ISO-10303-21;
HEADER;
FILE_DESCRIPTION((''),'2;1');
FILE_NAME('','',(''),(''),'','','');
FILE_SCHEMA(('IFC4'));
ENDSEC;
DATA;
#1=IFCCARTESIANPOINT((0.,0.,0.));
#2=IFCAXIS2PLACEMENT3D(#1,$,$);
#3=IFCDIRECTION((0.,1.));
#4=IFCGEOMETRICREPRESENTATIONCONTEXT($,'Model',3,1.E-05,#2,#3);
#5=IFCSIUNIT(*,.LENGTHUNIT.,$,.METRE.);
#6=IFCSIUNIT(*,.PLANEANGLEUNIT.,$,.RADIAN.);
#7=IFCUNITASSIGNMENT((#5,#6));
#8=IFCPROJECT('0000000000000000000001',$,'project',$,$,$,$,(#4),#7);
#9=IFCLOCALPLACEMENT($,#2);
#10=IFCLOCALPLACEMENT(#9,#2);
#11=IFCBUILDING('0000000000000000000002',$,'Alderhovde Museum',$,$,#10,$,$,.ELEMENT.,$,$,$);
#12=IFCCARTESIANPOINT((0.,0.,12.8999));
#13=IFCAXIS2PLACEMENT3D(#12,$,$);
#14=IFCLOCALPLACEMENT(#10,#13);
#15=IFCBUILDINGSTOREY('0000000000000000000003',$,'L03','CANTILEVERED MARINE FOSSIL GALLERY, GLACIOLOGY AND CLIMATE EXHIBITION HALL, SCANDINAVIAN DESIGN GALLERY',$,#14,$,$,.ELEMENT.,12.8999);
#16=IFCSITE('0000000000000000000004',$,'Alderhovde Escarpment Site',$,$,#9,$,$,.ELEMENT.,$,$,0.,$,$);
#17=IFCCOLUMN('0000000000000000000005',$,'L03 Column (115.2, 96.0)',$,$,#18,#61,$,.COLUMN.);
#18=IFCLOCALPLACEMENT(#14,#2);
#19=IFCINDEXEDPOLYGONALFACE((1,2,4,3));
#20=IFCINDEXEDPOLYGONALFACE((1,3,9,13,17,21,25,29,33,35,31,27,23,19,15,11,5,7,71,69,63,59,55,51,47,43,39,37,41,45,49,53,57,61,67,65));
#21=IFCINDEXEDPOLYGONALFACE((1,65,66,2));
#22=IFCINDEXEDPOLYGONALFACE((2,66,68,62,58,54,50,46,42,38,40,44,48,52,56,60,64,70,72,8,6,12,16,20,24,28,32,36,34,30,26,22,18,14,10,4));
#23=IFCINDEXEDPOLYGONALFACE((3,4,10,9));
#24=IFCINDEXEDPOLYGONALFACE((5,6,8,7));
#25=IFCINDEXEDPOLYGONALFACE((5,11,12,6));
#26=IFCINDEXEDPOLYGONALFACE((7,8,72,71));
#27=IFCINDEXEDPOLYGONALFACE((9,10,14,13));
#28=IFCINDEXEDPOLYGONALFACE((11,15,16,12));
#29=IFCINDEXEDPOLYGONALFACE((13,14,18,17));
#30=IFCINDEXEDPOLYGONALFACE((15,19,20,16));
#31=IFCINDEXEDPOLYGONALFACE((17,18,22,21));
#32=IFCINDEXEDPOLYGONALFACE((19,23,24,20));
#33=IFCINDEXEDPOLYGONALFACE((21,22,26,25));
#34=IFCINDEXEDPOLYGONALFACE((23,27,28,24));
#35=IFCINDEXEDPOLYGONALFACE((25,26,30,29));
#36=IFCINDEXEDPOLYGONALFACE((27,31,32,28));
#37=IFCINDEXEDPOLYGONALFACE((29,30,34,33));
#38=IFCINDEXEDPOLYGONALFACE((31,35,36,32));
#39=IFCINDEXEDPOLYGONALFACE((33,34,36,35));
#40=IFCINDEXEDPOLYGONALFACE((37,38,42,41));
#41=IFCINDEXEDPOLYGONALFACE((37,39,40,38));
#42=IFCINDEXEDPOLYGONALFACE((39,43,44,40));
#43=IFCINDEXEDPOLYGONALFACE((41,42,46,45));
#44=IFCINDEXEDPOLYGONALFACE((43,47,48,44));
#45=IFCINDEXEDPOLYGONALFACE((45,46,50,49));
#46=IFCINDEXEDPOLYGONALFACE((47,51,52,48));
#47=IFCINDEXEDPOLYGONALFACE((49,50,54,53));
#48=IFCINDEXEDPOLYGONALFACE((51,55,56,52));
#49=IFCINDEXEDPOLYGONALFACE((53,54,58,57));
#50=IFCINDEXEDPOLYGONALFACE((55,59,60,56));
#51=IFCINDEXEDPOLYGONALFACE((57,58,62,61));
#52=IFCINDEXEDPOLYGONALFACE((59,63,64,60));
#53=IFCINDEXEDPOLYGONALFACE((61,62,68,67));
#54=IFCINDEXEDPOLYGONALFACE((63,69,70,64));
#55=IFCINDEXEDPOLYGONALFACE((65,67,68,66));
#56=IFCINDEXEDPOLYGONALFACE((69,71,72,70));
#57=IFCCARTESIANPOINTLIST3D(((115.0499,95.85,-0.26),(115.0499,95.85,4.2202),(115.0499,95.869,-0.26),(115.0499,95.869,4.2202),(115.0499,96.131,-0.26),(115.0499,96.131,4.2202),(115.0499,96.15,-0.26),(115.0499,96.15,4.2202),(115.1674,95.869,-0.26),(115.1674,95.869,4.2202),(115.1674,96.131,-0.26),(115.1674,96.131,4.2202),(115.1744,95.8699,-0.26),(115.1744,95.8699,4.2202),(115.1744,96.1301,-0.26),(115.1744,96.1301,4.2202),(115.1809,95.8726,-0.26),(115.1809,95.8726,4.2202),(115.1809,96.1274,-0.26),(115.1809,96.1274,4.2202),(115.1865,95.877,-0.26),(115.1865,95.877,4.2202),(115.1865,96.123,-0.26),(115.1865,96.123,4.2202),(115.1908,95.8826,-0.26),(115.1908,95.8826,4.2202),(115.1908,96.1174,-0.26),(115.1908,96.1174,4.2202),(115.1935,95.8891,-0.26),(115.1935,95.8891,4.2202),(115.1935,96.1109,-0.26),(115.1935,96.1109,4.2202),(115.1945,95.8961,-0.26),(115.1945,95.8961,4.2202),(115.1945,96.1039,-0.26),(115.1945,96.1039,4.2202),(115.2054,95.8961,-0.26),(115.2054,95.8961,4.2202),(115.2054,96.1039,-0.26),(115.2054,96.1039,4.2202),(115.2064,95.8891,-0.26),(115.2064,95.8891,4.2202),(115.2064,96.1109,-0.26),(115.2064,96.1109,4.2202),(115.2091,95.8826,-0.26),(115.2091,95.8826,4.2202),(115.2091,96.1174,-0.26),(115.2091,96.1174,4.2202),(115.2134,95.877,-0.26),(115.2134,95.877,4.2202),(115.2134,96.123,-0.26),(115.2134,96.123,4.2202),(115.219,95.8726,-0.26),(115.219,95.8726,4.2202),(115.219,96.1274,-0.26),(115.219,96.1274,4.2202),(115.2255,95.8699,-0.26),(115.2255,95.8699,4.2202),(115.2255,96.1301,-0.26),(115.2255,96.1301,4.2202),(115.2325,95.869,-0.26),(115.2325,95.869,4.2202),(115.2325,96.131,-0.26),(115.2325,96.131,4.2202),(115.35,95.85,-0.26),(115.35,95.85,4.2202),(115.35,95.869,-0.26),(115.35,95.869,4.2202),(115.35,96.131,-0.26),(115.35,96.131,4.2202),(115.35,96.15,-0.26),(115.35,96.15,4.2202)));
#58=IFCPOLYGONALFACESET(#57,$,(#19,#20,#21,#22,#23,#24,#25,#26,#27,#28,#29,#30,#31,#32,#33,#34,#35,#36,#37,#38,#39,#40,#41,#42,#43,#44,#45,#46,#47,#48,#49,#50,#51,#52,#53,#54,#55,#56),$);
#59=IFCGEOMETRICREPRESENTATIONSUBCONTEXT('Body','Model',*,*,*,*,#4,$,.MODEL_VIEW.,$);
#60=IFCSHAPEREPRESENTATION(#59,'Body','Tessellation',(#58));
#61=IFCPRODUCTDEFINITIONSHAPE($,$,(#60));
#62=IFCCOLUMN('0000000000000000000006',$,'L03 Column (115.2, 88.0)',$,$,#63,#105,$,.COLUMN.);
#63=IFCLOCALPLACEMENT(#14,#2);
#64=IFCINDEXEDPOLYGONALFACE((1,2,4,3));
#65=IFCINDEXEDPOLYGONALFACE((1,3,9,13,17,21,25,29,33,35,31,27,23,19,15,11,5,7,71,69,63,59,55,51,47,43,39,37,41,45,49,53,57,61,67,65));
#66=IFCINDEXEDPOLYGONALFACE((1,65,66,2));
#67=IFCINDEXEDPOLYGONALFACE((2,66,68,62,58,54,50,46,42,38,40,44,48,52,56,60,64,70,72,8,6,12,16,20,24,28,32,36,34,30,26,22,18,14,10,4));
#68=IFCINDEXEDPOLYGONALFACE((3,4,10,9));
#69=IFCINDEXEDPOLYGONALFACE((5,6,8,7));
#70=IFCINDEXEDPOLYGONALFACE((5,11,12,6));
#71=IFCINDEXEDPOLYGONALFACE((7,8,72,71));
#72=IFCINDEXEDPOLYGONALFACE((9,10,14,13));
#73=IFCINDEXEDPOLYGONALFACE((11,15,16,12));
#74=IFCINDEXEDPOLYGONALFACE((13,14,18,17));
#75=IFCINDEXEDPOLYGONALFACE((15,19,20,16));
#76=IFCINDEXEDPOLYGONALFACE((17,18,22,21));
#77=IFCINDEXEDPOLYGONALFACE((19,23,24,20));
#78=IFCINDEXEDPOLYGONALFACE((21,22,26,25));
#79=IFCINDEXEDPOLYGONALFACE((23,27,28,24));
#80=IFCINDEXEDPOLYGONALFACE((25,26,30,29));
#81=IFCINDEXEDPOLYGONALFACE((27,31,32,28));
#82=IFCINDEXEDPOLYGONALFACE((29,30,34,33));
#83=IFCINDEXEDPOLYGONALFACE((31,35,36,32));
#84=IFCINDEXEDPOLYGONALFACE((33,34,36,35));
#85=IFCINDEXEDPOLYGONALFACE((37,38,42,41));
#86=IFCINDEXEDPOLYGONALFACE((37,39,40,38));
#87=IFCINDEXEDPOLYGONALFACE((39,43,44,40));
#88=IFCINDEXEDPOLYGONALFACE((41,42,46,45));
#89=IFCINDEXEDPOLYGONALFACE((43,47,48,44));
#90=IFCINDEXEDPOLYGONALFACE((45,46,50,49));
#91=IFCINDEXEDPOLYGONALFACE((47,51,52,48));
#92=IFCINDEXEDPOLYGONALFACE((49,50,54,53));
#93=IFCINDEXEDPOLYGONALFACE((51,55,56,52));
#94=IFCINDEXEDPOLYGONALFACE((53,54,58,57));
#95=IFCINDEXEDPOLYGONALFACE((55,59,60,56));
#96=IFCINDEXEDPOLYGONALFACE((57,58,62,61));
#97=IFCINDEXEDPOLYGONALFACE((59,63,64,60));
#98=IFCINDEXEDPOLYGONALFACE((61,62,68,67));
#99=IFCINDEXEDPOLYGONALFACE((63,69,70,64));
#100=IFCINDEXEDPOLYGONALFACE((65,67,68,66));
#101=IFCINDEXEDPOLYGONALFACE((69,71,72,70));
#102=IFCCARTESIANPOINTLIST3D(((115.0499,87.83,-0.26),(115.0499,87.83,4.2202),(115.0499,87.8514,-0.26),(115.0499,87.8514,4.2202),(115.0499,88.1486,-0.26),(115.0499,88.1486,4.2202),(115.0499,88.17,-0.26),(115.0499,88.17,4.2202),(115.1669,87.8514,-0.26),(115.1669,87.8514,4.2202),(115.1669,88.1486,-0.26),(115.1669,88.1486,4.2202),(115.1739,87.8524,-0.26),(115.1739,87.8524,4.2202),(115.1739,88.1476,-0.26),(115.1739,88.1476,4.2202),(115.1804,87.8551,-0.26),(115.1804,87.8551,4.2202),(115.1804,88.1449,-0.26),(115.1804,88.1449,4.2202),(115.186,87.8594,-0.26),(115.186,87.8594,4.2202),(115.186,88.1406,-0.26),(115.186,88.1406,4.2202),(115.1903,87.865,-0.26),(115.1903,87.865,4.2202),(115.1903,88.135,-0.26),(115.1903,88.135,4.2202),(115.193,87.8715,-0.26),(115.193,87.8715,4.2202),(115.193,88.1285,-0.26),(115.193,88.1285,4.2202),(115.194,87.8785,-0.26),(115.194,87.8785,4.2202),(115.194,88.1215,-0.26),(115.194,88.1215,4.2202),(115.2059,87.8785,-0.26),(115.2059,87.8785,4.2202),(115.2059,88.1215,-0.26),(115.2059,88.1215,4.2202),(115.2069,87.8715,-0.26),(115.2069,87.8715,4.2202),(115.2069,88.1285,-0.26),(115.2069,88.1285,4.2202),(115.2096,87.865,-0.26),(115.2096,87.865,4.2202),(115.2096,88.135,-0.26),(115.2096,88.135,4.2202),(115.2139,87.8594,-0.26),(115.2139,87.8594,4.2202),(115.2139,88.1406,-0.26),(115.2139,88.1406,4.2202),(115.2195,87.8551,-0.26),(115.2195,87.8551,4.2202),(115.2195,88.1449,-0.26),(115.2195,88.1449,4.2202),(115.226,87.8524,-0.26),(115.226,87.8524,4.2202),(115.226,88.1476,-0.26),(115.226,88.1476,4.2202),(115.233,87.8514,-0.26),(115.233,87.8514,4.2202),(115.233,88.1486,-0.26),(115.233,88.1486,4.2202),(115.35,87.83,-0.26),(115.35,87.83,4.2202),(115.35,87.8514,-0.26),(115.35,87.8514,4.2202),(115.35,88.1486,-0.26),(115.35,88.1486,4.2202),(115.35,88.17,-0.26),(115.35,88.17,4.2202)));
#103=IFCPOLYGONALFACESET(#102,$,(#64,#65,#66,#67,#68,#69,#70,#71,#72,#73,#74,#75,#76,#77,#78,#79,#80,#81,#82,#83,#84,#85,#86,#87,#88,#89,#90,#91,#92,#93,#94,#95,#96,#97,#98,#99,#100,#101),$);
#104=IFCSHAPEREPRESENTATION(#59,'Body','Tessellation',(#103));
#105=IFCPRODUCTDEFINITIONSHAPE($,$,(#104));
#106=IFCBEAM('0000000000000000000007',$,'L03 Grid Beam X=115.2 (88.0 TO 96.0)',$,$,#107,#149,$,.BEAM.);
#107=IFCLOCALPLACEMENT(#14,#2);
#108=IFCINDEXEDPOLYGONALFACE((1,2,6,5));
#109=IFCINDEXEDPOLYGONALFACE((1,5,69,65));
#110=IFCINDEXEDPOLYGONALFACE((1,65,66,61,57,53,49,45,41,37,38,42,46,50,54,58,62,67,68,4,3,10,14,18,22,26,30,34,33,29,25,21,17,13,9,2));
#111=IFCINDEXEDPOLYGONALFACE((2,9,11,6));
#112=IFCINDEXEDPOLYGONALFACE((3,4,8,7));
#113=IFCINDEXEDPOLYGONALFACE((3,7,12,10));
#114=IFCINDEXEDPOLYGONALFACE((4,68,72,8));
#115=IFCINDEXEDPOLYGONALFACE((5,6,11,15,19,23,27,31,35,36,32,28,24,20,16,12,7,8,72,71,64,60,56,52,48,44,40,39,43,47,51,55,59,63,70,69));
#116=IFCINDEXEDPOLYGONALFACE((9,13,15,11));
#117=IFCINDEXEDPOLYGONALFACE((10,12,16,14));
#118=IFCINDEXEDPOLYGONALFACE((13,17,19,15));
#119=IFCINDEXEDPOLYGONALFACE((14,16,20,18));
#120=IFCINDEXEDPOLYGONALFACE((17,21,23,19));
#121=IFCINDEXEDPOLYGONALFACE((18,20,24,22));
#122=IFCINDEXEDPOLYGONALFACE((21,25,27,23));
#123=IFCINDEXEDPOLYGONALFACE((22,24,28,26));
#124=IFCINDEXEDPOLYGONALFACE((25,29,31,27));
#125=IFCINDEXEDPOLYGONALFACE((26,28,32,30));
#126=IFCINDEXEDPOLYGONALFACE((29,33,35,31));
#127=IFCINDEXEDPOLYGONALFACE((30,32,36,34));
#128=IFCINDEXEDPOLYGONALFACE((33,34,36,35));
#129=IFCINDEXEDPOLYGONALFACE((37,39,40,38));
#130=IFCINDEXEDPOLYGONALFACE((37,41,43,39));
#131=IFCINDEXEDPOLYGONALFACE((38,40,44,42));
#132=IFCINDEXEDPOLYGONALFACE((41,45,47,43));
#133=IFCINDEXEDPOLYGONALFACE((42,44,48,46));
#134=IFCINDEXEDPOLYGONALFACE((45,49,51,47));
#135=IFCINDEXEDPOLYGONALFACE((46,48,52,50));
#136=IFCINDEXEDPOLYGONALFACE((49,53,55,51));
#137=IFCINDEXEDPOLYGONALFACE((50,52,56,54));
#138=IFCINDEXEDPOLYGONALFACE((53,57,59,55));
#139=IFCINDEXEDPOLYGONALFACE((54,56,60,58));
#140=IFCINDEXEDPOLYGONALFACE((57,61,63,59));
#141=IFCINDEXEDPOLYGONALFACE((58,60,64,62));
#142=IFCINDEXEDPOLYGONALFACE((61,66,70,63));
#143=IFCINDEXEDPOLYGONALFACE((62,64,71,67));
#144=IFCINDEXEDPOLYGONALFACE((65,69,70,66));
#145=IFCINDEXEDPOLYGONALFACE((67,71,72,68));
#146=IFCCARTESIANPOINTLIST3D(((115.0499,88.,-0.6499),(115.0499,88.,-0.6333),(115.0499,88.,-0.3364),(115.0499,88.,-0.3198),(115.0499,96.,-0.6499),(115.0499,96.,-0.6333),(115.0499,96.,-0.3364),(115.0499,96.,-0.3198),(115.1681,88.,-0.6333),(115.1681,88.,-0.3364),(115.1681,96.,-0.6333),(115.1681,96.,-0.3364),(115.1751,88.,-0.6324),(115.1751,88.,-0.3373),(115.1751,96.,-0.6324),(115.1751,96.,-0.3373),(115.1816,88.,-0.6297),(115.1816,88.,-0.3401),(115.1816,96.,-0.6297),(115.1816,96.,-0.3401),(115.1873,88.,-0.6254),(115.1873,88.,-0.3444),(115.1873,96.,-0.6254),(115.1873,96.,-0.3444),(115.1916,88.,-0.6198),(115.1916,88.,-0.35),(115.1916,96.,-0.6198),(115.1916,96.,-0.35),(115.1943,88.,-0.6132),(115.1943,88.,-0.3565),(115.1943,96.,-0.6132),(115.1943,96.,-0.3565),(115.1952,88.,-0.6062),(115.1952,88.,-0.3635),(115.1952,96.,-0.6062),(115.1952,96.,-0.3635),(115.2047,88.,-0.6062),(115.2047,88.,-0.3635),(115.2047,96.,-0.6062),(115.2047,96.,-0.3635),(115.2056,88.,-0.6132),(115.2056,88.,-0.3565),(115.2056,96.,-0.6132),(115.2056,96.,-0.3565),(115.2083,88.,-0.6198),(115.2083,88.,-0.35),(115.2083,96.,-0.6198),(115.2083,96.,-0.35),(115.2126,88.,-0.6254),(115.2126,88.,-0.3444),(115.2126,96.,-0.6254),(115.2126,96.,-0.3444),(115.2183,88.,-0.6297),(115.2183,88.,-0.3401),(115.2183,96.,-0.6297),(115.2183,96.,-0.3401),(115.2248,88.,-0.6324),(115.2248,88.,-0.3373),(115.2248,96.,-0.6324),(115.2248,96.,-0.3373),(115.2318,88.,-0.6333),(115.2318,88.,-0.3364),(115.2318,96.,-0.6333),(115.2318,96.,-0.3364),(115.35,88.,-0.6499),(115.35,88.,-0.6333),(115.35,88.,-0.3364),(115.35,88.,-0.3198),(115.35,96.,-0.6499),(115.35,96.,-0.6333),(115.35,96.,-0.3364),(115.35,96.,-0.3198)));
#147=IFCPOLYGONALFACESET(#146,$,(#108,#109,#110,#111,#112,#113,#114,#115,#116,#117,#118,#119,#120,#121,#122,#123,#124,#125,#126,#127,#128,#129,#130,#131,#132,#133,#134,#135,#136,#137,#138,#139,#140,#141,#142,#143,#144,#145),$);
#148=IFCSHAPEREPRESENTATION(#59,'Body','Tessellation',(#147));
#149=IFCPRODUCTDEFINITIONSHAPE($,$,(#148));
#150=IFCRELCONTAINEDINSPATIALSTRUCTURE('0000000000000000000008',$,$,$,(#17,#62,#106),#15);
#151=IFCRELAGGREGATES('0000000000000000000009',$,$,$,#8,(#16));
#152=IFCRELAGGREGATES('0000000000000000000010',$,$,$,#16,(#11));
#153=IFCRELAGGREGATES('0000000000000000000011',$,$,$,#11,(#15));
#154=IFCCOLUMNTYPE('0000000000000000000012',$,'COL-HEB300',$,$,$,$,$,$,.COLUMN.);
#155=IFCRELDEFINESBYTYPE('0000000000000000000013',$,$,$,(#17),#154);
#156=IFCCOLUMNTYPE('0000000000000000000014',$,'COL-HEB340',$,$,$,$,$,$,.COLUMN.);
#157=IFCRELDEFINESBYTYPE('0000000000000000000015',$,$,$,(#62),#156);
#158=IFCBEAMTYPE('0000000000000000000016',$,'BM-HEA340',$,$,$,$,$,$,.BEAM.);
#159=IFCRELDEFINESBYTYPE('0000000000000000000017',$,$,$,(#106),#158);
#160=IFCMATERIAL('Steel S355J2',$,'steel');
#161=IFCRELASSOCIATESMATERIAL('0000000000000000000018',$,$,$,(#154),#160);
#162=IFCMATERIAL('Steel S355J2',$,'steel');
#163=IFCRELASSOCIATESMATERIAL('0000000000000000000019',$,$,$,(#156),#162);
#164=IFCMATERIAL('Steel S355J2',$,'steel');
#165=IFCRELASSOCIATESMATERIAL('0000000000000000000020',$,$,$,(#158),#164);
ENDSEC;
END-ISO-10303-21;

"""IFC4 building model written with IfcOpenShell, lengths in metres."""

from ifc_helpers import new_model, si_unit, direction, frame, origin, origin_2d, place, context, subcontext, project, spatial, i_section, extrude, material, material_profile, profile_set, type_object, element, save


model = new_model("IFC4")

# Units and contexts
model_context = context("Model", 3, precision=1e-05, world=origin(), true_north=direction((0.0, 1.0)))
body_context = subcontext(model_context, "Body", "Model", "MODEL_VIEW")
ifc_project = project(units=[si_unit("LENGTHUNIT", "METRE"), si_unit("PLANEANGLEUNIT", "RADIAN")], contexts=[model_context])

# Site, building, storey
site_placement = place(None, origin())
site = spatial("IfcSite", under=ifc_project, at=site_placement, Name="Alderhovde Escarpment Site", CompositionType="ELEMENT", RefElevation=0.0)
building_placement = place(site_placement, origin())
building = spatial("IfcBuilding", under=site, at=building_placement, Name="Alderhovde Museum", CompositionType="ELEMENT")
storey_placement = place(building_placement, frame((0.0, 0.0, 12.8999)))
storey = spatial("IfcBuildingStorey", under=building, at=storey_placement, Name="L03", Description="CANTILEVERED MARINE FOSSIL GALLERY, GLACIOLOGY AND CLIMATE EXHIBITION HALL, SCANDINAVIAN DESIGN GALLERY", CompositionType="ELEMENT", Elevation=12.8999)

# Columns
ifc_material_1 = material(Name="Steel S355J2", Category="steel")
ifc_material_profile_1 = material_profile(ifc_material_1, i_section(OverallWidth=0.3, OverallDepth=0.3, WebThickness=0.011, FlangeThickness=0.019, FilletRadius=0.0271, at=origin_2d()), Name="HEB 300")
ifc_profile_set_1 = profile_set([ifc_material_profile_1], Name="Steel S355J2")
column_type_1 = type_object("IfcColumnType", Name="COL-HEB300", PredefinedType="COLUMN", material=ifc_profile_set_1)
column_1_placement = place(storey_placement, frame((115.2, 96.0, -0.26), z_axis=(0.0, 0.0, 1.0), x_axis=(1.0, 0.0, 0.0)))
element("IfcColumn", 1, at=column_1_placement, inside=storey, type_object=column_type_1, Name="L03 Column (115.2, 96.0)", PredefinedType="COLUMN", context=body_context, shape_type="SweptSolid", body=[
    extrude(i_section(OverallWidth=0.3, OverallDepth=0.3, WebThickness=0.011, FlangeThickness=0.019, FilletRadius=0.0271, at=origin_2d()), origin(), (0.0, 0.0, 1.0), 4.4802),
])
ifc_material_2 = material(Name="Steel S355J2", Category="steel")
ifc_material_profile_2 = material_profile(ifc_material_2, i_section(OverallWidth=0.3, OverallDepth=0.3401, WebThickness=0.012, FlangeThickness=0.0215, FilletRadius=0.0271, at=origin_2d()), Name="HEB 340")
ifc_profile_set_2 = profile_set([ifc_material_profile_2], Name="Steel S355J2")
column_type_2 = type_object("IfcColumnType", Name="COL-HEB340", PredefinedType="COLUMN", material=ifc_profile_set_2)
column_2_placement = place(storey_placement, frame((115.2, 88.0, -0.26), z_axis=(0.0, 0.0, 1.0), x_axis=(1.0, 0.0, 0.0)))
element("IfcColumn", 2, at=column_2_placement, inside=storey, type_object=column_type_2, Name="L03 Column (115.2, 88.0)", PredefinedType="COLUMN", context=body_context, shape_type="SweptSolid", body=[
    extrude(i_section(OverallWidth=0.3, OverallDepth=0.3401, WebThickness=0.012, FlangeThickness=0.0215, FilletRadius=0.0271, at=origin_2d()), origin(), (0.0, 0.0, 1.0), 4.4802),
])

# Beam
ifc_material_3 = material(Name="Steel S355J2", Category="steel")
ifc_material_profile_3 = material_profile(ifc_material_3, i_section(OverallWidth=0.3, OverallDepth=0.3301, WebThickness=0.0095, FlangeThickness=0.0166, FilletRadius=0.0271, at=origin_2d()), Name="HEA 340")
ifc_profile_set_3 = profile_set([ifc_material_profile_3], Name="Steel S355J2")
beam_type_1 = type_object("IfcBeamType", Name="BM-HEA340", PredefinedType="BEAM", material=ifc_profile_set_3)
beam_1_placement = place(storey_placement, frame((115.2, 88.0, -0.4849), z_axis=(0.0, 1.0, 0.0), x_axis=(-1.0, 0.0, 0.0)))
element("IfcBeam", 3, at=beam_1_placement, inside=storey, type_object=beam_type_1, Name="L03 Grid Beam X=115.2 (88.0 TO 96.0)", PredefinedType="BEAM", context=body_context, shape_type="SweptSolid", body=[
    extrude(i_section(OverallWidth=0.3, OverallDepth=0.3301, WebThickness=0.0095, FlangeThickness=0.0166, FilletRadius=0.0271, at=origin_2d()), origin(), (0.0, 0.0, 1.0), 8.0),
])

save(model, "model.ifc")
